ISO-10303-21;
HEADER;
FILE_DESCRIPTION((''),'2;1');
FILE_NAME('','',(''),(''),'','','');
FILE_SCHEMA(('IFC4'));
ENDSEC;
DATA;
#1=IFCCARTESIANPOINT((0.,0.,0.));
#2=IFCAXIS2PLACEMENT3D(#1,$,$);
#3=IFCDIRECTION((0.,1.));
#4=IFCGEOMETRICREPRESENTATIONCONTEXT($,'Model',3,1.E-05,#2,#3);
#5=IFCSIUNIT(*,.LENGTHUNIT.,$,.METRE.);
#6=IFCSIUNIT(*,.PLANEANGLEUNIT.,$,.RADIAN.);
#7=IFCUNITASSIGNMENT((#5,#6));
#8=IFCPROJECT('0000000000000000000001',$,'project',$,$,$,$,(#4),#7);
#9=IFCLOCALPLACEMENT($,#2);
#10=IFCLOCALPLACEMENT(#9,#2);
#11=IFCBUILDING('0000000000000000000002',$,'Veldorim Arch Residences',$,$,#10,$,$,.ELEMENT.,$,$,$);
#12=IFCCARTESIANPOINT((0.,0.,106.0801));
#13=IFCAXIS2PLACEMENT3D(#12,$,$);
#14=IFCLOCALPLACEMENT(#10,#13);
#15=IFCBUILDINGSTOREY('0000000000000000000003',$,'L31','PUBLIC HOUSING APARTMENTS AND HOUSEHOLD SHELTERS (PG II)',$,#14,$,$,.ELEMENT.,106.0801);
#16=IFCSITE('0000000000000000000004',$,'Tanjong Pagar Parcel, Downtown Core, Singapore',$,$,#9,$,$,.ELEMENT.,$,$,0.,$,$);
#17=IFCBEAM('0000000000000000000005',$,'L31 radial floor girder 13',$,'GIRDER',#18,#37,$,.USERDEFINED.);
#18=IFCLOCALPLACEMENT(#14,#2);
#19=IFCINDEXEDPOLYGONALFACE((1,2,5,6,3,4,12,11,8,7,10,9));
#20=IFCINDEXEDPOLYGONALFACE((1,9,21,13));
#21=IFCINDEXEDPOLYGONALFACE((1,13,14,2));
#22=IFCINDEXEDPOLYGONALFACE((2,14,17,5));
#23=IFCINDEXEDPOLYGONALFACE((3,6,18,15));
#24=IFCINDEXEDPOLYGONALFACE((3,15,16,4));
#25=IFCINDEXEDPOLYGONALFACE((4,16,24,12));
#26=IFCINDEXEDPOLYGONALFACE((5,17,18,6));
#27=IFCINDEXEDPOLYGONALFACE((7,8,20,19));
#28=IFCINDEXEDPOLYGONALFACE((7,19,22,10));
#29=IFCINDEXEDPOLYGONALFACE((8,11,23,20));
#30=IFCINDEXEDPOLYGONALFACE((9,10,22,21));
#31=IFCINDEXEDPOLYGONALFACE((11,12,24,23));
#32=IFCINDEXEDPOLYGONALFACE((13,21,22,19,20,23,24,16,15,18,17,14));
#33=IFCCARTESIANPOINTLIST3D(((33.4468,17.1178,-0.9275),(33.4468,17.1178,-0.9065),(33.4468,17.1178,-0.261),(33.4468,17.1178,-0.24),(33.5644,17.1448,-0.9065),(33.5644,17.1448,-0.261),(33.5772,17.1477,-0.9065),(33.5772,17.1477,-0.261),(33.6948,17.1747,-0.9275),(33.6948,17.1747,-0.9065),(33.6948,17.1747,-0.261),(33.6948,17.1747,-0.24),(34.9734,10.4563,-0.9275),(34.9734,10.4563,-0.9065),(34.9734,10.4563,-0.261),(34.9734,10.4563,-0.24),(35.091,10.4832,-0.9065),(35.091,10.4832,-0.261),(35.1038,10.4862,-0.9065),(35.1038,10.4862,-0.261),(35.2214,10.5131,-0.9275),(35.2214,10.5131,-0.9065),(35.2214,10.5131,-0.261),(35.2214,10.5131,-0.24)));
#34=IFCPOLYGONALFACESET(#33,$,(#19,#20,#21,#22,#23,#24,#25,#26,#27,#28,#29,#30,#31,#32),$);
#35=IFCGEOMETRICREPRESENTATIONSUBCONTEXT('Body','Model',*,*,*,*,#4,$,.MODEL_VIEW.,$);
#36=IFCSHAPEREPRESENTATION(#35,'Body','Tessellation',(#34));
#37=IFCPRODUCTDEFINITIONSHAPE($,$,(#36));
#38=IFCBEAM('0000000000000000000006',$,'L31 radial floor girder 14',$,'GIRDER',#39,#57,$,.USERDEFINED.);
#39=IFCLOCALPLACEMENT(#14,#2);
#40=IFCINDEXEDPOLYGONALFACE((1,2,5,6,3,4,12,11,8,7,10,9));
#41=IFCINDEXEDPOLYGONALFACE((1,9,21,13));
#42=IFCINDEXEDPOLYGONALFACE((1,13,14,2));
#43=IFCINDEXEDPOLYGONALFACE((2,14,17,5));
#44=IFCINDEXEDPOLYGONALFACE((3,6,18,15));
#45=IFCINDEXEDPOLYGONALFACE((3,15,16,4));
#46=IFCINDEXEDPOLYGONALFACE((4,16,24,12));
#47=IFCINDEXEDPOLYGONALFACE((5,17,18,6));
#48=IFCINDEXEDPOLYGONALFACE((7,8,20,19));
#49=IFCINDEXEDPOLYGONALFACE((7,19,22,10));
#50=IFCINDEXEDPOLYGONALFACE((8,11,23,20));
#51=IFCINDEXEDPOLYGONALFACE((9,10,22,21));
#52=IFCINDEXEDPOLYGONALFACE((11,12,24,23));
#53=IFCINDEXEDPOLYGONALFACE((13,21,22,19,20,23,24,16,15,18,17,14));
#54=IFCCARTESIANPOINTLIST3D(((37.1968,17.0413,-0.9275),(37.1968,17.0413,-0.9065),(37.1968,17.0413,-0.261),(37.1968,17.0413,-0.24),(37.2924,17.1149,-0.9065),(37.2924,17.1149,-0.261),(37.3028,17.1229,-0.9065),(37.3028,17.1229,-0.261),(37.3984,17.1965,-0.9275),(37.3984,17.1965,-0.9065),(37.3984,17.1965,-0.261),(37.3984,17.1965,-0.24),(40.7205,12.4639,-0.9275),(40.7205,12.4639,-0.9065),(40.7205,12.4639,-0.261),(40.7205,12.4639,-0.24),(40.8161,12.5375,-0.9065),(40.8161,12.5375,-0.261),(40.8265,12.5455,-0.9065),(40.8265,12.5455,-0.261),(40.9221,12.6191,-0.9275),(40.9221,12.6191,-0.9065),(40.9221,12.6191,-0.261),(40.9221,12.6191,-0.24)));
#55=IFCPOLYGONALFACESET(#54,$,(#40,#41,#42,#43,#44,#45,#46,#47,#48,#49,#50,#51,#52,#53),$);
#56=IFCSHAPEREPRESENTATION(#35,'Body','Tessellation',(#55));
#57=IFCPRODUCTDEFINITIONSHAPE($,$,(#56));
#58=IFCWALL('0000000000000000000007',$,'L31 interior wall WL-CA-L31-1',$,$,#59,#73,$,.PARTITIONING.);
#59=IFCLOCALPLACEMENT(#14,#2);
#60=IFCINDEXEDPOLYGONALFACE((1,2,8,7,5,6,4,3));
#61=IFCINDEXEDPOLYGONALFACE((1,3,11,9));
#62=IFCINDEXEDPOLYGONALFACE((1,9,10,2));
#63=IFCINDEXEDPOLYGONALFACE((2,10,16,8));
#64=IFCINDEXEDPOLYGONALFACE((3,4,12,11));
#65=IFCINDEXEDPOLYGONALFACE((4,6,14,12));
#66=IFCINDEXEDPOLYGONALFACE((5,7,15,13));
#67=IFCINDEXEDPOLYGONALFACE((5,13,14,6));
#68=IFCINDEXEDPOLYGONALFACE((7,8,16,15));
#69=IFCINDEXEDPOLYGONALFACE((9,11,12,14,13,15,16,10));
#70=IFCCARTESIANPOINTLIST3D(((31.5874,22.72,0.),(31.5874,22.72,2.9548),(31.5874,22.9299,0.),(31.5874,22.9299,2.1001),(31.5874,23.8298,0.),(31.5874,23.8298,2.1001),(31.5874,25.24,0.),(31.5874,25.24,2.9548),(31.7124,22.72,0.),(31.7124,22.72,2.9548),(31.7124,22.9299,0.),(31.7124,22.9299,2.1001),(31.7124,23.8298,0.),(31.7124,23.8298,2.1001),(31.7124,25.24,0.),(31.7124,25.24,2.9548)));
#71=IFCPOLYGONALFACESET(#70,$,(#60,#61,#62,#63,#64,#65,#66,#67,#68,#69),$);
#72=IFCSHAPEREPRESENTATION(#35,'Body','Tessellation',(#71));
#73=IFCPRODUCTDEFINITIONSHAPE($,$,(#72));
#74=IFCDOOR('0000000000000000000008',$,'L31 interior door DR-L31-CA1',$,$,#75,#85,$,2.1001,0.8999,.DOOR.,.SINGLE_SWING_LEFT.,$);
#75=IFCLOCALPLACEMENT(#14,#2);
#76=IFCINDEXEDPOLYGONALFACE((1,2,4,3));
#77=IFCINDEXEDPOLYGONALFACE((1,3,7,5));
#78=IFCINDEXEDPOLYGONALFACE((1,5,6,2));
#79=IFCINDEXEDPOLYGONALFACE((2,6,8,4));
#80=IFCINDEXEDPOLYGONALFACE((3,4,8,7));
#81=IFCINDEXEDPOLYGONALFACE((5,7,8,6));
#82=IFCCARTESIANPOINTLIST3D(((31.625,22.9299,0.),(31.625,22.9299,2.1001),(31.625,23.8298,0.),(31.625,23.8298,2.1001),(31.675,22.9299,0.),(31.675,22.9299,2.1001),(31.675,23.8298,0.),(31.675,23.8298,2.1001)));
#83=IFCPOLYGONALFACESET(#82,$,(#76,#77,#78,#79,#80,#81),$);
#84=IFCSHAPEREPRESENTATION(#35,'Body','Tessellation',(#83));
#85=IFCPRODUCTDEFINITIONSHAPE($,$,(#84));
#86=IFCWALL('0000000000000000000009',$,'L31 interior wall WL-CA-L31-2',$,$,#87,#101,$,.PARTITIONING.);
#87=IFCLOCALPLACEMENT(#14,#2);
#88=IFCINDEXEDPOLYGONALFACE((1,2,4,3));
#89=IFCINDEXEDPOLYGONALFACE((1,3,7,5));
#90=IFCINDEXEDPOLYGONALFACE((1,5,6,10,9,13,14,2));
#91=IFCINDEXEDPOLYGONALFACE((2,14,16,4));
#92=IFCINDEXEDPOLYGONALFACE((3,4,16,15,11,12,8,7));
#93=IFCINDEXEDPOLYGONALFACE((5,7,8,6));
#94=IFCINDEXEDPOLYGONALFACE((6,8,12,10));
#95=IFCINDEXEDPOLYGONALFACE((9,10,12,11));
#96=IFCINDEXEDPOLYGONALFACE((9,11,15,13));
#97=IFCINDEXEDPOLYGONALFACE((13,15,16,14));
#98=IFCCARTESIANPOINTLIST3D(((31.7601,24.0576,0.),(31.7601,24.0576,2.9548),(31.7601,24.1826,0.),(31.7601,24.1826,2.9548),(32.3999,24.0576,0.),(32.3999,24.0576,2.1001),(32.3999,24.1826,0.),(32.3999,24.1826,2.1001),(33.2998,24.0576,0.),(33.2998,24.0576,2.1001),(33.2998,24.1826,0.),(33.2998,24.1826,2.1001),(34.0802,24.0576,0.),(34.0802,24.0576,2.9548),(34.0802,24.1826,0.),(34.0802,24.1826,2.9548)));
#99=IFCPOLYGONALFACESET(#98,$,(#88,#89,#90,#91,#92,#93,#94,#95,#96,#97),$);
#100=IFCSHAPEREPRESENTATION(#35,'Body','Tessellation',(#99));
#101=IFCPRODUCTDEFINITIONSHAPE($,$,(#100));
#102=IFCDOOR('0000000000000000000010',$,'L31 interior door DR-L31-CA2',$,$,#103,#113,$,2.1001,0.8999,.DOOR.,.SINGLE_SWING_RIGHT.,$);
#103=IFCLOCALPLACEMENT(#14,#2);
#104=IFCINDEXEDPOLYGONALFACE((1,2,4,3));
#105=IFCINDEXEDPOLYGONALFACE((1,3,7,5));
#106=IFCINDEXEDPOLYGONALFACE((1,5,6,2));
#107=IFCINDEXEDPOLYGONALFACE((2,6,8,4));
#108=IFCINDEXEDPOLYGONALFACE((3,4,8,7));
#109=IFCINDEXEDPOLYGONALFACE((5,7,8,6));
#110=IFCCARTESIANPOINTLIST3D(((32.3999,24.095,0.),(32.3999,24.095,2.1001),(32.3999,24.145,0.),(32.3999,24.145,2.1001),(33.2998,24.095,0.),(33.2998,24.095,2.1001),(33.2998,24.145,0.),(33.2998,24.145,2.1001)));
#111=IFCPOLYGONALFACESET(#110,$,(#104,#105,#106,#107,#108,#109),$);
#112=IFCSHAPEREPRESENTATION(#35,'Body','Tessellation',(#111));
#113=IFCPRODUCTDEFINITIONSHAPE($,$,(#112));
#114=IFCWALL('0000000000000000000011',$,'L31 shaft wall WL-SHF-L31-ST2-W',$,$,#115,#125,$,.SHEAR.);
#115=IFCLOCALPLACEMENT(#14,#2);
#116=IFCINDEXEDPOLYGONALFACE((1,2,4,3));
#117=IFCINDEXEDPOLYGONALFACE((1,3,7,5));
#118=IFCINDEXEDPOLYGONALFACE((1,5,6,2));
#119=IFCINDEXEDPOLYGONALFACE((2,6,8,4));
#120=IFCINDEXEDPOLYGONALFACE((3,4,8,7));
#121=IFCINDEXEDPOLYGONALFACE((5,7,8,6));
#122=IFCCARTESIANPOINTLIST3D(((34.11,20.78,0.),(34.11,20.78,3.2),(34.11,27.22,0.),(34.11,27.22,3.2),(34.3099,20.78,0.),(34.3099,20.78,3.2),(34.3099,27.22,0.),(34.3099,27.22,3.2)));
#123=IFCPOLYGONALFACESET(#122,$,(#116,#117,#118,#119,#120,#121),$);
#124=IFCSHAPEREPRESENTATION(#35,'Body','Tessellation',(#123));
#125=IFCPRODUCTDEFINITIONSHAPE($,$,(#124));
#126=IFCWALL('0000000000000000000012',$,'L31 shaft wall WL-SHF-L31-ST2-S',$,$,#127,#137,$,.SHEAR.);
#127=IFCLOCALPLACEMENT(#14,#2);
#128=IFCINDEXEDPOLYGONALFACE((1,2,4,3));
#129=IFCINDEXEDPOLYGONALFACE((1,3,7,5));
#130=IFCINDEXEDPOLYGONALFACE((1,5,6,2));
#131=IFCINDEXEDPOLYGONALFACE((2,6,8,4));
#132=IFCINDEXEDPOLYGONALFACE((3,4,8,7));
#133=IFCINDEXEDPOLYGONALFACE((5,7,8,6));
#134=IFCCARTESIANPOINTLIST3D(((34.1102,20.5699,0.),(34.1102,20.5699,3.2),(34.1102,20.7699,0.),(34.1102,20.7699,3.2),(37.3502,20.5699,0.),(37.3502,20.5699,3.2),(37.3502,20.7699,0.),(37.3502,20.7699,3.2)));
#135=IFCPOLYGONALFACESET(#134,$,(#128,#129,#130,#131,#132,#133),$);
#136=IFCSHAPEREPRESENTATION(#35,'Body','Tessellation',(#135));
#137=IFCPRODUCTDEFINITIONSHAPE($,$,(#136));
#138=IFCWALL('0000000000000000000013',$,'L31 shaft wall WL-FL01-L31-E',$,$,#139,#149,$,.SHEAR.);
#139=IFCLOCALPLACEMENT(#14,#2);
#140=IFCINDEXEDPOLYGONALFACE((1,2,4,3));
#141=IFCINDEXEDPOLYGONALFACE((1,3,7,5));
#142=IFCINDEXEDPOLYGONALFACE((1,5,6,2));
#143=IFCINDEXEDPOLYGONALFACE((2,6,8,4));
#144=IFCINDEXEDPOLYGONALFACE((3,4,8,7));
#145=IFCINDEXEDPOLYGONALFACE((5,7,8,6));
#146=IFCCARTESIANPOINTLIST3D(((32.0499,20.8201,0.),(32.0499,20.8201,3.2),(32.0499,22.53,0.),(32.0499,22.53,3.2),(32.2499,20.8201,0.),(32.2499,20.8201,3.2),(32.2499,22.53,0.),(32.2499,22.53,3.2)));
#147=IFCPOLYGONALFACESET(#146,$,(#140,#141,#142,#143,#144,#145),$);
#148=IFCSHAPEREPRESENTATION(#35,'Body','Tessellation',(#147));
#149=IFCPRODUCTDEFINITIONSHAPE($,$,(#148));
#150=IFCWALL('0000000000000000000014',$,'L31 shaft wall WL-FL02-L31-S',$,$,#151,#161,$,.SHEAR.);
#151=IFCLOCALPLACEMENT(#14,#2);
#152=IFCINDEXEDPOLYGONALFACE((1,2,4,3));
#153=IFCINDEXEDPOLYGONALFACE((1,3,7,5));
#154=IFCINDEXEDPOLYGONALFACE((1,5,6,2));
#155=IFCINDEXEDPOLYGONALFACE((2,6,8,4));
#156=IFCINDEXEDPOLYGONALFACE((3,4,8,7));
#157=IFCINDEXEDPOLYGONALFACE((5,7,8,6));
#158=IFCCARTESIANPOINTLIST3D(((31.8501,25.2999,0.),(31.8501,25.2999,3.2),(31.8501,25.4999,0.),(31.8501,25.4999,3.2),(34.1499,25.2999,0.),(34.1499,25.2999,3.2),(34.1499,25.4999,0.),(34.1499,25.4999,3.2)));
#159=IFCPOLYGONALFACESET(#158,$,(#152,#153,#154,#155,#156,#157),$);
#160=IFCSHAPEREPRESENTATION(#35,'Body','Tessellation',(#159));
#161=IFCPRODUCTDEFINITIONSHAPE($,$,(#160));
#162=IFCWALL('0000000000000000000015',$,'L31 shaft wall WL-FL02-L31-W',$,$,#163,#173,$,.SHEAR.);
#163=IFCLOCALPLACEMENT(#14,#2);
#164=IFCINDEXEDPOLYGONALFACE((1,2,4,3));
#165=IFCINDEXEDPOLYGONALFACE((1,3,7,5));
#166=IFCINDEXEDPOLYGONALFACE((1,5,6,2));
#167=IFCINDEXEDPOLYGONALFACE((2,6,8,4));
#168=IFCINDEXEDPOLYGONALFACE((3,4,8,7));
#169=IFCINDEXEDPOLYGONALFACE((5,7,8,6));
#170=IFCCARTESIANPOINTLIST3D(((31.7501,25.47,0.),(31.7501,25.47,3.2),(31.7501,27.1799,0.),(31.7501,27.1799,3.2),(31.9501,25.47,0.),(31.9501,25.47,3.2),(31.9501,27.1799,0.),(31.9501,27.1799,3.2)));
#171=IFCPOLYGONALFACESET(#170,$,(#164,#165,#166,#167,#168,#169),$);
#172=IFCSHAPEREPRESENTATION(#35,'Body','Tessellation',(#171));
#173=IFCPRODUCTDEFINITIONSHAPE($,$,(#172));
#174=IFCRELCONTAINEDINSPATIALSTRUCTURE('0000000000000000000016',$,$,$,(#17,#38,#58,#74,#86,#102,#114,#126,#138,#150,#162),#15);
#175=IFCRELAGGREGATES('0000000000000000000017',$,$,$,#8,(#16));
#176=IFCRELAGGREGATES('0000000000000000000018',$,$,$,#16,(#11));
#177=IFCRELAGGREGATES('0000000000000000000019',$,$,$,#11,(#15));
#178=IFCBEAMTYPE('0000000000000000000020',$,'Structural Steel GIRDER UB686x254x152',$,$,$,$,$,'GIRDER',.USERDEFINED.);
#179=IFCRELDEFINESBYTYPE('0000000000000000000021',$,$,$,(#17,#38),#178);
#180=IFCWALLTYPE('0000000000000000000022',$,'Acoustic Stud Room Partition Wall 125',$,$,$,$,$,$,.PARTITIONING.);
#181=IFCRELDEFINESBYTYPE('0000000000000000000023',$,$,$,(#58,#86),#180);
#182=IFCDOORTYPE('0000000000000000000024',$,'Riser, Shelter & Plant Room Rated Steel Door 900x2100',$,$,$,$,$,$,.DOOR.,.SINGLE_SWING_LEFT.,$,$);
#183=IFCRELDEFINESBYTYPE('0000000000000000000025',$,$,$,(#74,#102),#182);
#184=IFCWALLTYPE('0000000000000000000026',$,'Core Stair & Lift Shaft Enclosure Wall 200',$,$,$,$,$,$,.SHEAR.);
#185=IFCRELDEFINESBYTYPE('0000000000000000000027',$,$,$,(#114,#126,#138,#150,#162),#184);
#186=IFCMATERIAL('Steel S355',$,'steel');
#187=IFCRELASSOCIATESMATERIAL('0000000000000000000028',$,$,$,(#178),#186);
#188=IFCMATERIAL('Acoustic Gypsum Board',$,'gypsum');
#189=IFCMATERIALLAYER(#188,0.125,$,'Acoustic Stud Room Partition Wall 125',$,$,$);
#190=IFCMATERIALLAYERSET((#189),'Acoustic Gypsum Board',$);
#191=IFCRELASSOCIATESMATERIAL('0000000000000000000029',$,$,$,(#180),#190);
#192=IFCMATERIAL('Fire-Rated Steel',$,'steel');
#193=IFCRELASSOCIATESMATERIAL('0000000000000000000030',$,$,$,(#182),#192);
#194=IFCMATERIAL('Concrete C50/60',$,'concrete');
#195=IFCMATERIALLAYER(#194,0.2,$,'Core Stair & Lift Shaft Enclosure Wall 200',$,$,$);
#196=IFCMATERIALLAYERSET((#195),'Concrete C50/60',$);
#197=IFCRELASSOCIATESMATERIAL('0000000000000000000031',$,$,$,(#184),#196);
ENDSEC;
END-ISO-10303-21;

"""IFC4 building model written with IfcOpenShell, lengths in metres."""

from ifc_helpers import new_model, si_unit, direction, frame, frame_2d, origin, origin_2d, place, context, subcontext, project, spatial, rectangle, i_section, extrude, material, layer, layer_set, material_profile, profile_set, type_object, element, fill, save


model = new_model("IFC4")

# Units and contexts
model_context = context("Model", 3, precision=1e-05, world=origin(), true_north=direction((0.0, 1.0)))
body_context = subcontext(model_context, "Body", "Model", "MODEL_VIEW")
ifc_project = project(units=[si_unit("LENGTHUNIT", "METRE"), si_unit("PLANEANGLEUNIT", "RADIAN")], contexts=[model_context])

# Site, building, storey
site_placement = place(None, origin())
site = spatial("IfcSite", under=ifc_project, at=site_placement, Name="Tanjong Pagar Parcel, Downtown Core, Singapore", CompositionType="ELEMENT", RefElevation=0.0)
building_placement = place(site_placement, origin())
building = spatial("IfcBuilding", under=site, at=building_placement, Name="Veldorim Arch Residences", CompositionType="ELEMENT")
storey_placement = place(building_placement, frame((0.0, 0.0, 106.0801)))
storey = spatial("IfcBuildingStorey", under=building, at=storey_placement, Name="L31", Description="PUBLIC HOUSING APARTMENTS AND HOUSEHOLD SHELTERS (PG II)", CompositionType="ELEMENT", Elevation=106.0801)

# Beams
ifc_material_1 = material(Name="Steel S355", Category="steel")
ifc_material_profile = material_profile(ifc_material_1, i_section(OverallWidth=0.2544, OverallDepth=0.6875, WebThickness=0.0132, FlangeThickness=0.021, at=origin_2d()), Name="UB686x254x152")
ifc_profile_set = profile_set([ifc_material_profile], Name="Steel S355")
beam_type = type_object("IfcBeamType", Name="Structural Steel GIRDER UB686x254x152", ElementType="GIRDER", PredefinedType="USERDEFINED", material=ifc_profile_set)
beam_1_placement = place(storey_placement, frame((33.5708, 17.1462, -0.5837), z_axis=(0.223375, -0.974733, 0.0), x_axis=(0.974733, 0.223375, 0.0)))
element("IfcBeam", 1, at=beam_1_placement, inside=storey, type_object=beam_type, Name="L31 radial floor girder 13", ObjectType="GIRDER", PredefinedType="USERDEFINED", context=body_context, shape_type="SweptSolid", body=[
    extrude(i_section(OverallWidth=0.2544, OverallDepth=0.6875, WebThickness=0.0132, FlangeThickness=0.021, at=origin_2d()), origin(), (0.0, 0.0, 1.0), 6.8342),
])
beam_2_placement = place(storey_placement, frame((37.2976, 17.1189, -0.5837), z_axis=(0.609995, -0.792406, 0.0), x_axis=(0.792406, 0.609995, 0.0)))
element("IfcBeam", 2, at=beam_2_placement, inside=storey, type_object=beam_type, Name="L31 radial floor girder 14", ObjectType="GIRDER", PredefinedType="USERDEFINED", context=body_context, shape_type="SweptSolid", body=[
    extrude(i_section(OverallWidth=0.2544, OverallDepth=0.6875, WebThickness=0.0132, FlangeThickness=0.021, at=origin_2d()), origin(), (0.0, 0.0, 1.0), 5.7766),
])

# Walls, openings, doors
ifc_material_2 = material(Name="Acoustic Gypsum Board", Category="gypsum")
ifc_layer_1 = layer(ifc_material_2, 0.125, Name="Acoustic Stud Room Partition Wall 125")
ifc_layer_set_1 = layer_set([ifc_layer_1], Name="Acoustic Gypsum Board")
wall_type_1 = type_object("IfcWallType", Name="Acoustic Stud Room Partition Wall 125", PredefinedType="PARTITIONING", material=ifc_layer_set_1)
wall_1_placement = place(storey_placement, frame((31.6499, 22.72, 0.0), z_axis=(0.0, 0.0, 1.0), x_axis=(0.0, 1.0, 0.0)))
wall_1 = element("IfcWall", 3, at=wall_1_placement, inside=storey, type_object=wall_type_1, Name="L31 interior wall WL-CA-L31-1", PredefinedType="PARTITIONING", context=body_context, shape_type="SweptSolid", body=[
    extrude(rectangle(XDim=2.52, YDim=0.125, at=frame_2d((1.26, 0.0))), origin(), (0.0, 0.0, 1.0), 2.9548),
])
opening_1_placement = place(wall_1_placement, frame((0.21, 0.0, 0.0)))
opening_1 = element("IfcOpeningElement", 4, at=opening_1_placement, cuts=wall_1, PredefinedType="OPENING", context=body_context, shape_type="SweptSolid", body=[
    extrude(rectangle(XDim=0.8999, YDim=2.1001, at=frame_2d((0.45, 1.05))), frame((0.0, 0.0725, 0.0), z_axis=(0.0, -1.0, 0.0), x_axis=(1.0, 0.0, 0.0)), (0.0, 0.0, 1.0), 0.145),
])
ifc_material_3 = material(Name="Fire-Rated Steel", Category="steel")
door_type = type_object("IfcDoorType", Name="Riser, Shelter & Plant Room Rated Steel Door 900x2100", OperationType="SINGLE_SWING_LEFT", PredefinedType="DOOR", material=ifc_material_3)
door_1_placement = place(opening_1_placement, origin())
door_1 = element("IfcDoor", 5, at=door_1_placement, inside=storey, type_object=door_type, Name="L31 interior door DR-L31-CA1", OperationType="SINGLE_SWING_LEFT", OverallHeight=2.1001, OverallWidth=0.8999, PredefinedType="DOOR", context=body_context, shape_type="SweptSolid", body=[
    extrude(rectangle(XDim=0.8999, YDim=2.1001, at=frame_2d((0.45, 1.05))), frame((0.0, 0.0249, 0.0), z_axis=(0.0, -1.0, 0.0), x_axis=(1.0, 0.0, 0.0)), (0.0, 0.0, 1.0), 0.05),
])
fill(opening_1, door_1)
wall_2_placement = place(storey_placement, frame((31.76, 24.1201, 0.0), z_axis=(0.0, 0.0, 1.0), x_axis=(1.0, 0.0, 0.0)))
wall_2 = element("IfcWall", 6, at=wall_2_placement, inside=storey, type_object=wall_type_1, Name="L31 interior wall WL-CA-L31-2", PredefinedType="PARTITIONING", context=body_context, shape_type="SweptSolid", body=[
    extrude(rectangle(XDim=2.3201, YDim=0.125, at=frame_2d((1.1602, 0.0))), origin(), (0.0, 0.0, 1.0), 2.9548),
])
opening_2_placement = place(wall_2_placement, frame((0.6399, 0.0, 0.0)))
opening_2 = element("IfcOpeningElement", 7, at=opening_2_placement, cuts=wall_2, PredefinedType="OPENING", context=body_context, shape_type="SweptSolid", body=[
    extrude(rectangle(XDim=0.8999, YDim=2.1001, at=frame_2d((0.45, 1.05))), frame((0.0, 0.0725, 0.0), z_axis=(0.0, -1.0, 0.0), x_axis=(1.0, 0.0, 0.0)), (0.0, 0.0, 1.0), 0.145),
])
door_2_placement = place(opening_2_placement, origin())
door_2 = element("IfcDoor", 8, at=door_2_placement, inside=storey, type_object=door_type, Name="L31 interior door DR-L31-CA2", OperationType="SINGLE_SWING_RIGHT", OverallHeight=2.1001, OverallWidth=0.8999, PredefinedType="DOOR", context=body_context, shape_type="SweptSolid", body=[
    extrude(rectangle(XDim=0.8999, YDim=2.1001, at=frame_2d((0.45, 1.05))), frame((0.0, 0.0249, 0.0), z_axis=(0.0, -1.0, 0.0), x_axis=(1.0, 0.0, 0.0)), (0.0, 0.0, 1.0), 0.05),
])
fill(opening_2, door_2)

# Walls
ifc_material_4 = material(Name="Concrete C50/60", Category="concrete")
ifc_layer_2 = layer(ifc_material_4, 0.2, Name="Core Stair & Lift Shaft Enclosure Wall 200")
ifc_layer_set_2 = layer_set([ifc_layer_2], Name="Concrete C50/60")
wall_type_2 = type_object("IfcWallType", Name="Core Stair & Lift Shaft Enclosure Wall 200", PredefinedType="SHEAR", material=ifc_layer_set_2)
wall_3_placement = place(storey_placement, frame((34.21, 20.78, 0.0), z_axis=(0.0, 0.0, 1.0), x_axis=(0.0, 1.0, 0.0)))
element("IfcWall", 9, at=wall_3_placement, inside=storey, type_object=wall_type_2, Name="L31 shaft wall WL-SHF-L31-ST2-W", PredefinedType="SHEAR", context=body_context, shape_type="SweptSolid", body=[
    extrude(rectangle(XDim=6.4399, YDim=0.2, at=frame_2d((3.22, 0.0))), origin(), (0.0, 0.0, 1.0), 3.2),
])
wall_4_placement = place(storey_placement, frame((34.1101, 20.6699, 0.0), z_axis=(0.0, 0.0, 1.0), x_axis=(1.0, 0.0, 0.0)))
element("IfcWall", 10, at=wall_4_placement, inside=storey, type_object=wall_type_2, Name="L31 shaft wall WL-SHF-L31-ST2-S", PredefinedType="SHEAR", context=body_context, shape_type="SweptSolid", body=[
    extrude(rectangle(XDim=3.24, YDim=0.2, at=frame_2d((1.6201, 0.0))), origin(), (0.0, 0.0, 1.0), 3.2),
])
wall_5_placement = place(storey_placement, frame((32.1499, 20.8201, 0.0), z_axis=(0.0, 0.0, 1.0), x_axis=(0.0, 1.0, 0.0)))
element("IfcWall", 11, at=wall_5_placement, inside=storey, type_object=wall_type_2, Name="L31 shaft wall WL-FL01-L31-E", PredefinedType="SHEAR", context=body_context, shape_type="SweptSolid", body=[
    extrude(rectangle(XDim=1.71, YDim=0.2, at=frame_2d((0.855, 0.0))), origin(), (0.0, 0.0, 1.0), 3.2),
])
wall_6_placement = place(storey_placement, frame((31.8501, 25.3999, 0.0), z_axis=(0.0, 0.0, 1.0), x_axis=(1.0, 0.0, 0.0)))
element("IfcWall", 12, at=wall_6_placement, inside=storey, type_object=wall_type_2, Name="L31 shaft wall WL-FL02-L31-S", PredefinedType="SHEAR", context=body_context, shape_type="SweptSolid", body=[
    extrude(rectangle(XDim=2.2998, YDim=0.2, at=frame_2d((1.1499, 0.0))), origin(), (0.0, 0.0, 1.0), 3.2),
])
wall_7_placement = place(storey_placement, frame((31.8501, 25.47, 0.0), z_axis=(0.0, 0.0, 1.0), x_axis=(0.0, 1.0, 0.0)))
element("IfcWall", 13, at=wall_7_placement, inside=storey, type_object=wall_type_2, Name="L31 shaft wall WL-FL02-L31-W", PredefinedType="SHEAR", context=body_context, shape_type="SweptSolid", body=[
    extrude(rectangle(XDim=1.71, YDim=0.2, at=frame_2d((0.855, 0.0))), origin(), (0.0, 0.0, 1.0), 3.2),
])

save(model, "model.ifc")
